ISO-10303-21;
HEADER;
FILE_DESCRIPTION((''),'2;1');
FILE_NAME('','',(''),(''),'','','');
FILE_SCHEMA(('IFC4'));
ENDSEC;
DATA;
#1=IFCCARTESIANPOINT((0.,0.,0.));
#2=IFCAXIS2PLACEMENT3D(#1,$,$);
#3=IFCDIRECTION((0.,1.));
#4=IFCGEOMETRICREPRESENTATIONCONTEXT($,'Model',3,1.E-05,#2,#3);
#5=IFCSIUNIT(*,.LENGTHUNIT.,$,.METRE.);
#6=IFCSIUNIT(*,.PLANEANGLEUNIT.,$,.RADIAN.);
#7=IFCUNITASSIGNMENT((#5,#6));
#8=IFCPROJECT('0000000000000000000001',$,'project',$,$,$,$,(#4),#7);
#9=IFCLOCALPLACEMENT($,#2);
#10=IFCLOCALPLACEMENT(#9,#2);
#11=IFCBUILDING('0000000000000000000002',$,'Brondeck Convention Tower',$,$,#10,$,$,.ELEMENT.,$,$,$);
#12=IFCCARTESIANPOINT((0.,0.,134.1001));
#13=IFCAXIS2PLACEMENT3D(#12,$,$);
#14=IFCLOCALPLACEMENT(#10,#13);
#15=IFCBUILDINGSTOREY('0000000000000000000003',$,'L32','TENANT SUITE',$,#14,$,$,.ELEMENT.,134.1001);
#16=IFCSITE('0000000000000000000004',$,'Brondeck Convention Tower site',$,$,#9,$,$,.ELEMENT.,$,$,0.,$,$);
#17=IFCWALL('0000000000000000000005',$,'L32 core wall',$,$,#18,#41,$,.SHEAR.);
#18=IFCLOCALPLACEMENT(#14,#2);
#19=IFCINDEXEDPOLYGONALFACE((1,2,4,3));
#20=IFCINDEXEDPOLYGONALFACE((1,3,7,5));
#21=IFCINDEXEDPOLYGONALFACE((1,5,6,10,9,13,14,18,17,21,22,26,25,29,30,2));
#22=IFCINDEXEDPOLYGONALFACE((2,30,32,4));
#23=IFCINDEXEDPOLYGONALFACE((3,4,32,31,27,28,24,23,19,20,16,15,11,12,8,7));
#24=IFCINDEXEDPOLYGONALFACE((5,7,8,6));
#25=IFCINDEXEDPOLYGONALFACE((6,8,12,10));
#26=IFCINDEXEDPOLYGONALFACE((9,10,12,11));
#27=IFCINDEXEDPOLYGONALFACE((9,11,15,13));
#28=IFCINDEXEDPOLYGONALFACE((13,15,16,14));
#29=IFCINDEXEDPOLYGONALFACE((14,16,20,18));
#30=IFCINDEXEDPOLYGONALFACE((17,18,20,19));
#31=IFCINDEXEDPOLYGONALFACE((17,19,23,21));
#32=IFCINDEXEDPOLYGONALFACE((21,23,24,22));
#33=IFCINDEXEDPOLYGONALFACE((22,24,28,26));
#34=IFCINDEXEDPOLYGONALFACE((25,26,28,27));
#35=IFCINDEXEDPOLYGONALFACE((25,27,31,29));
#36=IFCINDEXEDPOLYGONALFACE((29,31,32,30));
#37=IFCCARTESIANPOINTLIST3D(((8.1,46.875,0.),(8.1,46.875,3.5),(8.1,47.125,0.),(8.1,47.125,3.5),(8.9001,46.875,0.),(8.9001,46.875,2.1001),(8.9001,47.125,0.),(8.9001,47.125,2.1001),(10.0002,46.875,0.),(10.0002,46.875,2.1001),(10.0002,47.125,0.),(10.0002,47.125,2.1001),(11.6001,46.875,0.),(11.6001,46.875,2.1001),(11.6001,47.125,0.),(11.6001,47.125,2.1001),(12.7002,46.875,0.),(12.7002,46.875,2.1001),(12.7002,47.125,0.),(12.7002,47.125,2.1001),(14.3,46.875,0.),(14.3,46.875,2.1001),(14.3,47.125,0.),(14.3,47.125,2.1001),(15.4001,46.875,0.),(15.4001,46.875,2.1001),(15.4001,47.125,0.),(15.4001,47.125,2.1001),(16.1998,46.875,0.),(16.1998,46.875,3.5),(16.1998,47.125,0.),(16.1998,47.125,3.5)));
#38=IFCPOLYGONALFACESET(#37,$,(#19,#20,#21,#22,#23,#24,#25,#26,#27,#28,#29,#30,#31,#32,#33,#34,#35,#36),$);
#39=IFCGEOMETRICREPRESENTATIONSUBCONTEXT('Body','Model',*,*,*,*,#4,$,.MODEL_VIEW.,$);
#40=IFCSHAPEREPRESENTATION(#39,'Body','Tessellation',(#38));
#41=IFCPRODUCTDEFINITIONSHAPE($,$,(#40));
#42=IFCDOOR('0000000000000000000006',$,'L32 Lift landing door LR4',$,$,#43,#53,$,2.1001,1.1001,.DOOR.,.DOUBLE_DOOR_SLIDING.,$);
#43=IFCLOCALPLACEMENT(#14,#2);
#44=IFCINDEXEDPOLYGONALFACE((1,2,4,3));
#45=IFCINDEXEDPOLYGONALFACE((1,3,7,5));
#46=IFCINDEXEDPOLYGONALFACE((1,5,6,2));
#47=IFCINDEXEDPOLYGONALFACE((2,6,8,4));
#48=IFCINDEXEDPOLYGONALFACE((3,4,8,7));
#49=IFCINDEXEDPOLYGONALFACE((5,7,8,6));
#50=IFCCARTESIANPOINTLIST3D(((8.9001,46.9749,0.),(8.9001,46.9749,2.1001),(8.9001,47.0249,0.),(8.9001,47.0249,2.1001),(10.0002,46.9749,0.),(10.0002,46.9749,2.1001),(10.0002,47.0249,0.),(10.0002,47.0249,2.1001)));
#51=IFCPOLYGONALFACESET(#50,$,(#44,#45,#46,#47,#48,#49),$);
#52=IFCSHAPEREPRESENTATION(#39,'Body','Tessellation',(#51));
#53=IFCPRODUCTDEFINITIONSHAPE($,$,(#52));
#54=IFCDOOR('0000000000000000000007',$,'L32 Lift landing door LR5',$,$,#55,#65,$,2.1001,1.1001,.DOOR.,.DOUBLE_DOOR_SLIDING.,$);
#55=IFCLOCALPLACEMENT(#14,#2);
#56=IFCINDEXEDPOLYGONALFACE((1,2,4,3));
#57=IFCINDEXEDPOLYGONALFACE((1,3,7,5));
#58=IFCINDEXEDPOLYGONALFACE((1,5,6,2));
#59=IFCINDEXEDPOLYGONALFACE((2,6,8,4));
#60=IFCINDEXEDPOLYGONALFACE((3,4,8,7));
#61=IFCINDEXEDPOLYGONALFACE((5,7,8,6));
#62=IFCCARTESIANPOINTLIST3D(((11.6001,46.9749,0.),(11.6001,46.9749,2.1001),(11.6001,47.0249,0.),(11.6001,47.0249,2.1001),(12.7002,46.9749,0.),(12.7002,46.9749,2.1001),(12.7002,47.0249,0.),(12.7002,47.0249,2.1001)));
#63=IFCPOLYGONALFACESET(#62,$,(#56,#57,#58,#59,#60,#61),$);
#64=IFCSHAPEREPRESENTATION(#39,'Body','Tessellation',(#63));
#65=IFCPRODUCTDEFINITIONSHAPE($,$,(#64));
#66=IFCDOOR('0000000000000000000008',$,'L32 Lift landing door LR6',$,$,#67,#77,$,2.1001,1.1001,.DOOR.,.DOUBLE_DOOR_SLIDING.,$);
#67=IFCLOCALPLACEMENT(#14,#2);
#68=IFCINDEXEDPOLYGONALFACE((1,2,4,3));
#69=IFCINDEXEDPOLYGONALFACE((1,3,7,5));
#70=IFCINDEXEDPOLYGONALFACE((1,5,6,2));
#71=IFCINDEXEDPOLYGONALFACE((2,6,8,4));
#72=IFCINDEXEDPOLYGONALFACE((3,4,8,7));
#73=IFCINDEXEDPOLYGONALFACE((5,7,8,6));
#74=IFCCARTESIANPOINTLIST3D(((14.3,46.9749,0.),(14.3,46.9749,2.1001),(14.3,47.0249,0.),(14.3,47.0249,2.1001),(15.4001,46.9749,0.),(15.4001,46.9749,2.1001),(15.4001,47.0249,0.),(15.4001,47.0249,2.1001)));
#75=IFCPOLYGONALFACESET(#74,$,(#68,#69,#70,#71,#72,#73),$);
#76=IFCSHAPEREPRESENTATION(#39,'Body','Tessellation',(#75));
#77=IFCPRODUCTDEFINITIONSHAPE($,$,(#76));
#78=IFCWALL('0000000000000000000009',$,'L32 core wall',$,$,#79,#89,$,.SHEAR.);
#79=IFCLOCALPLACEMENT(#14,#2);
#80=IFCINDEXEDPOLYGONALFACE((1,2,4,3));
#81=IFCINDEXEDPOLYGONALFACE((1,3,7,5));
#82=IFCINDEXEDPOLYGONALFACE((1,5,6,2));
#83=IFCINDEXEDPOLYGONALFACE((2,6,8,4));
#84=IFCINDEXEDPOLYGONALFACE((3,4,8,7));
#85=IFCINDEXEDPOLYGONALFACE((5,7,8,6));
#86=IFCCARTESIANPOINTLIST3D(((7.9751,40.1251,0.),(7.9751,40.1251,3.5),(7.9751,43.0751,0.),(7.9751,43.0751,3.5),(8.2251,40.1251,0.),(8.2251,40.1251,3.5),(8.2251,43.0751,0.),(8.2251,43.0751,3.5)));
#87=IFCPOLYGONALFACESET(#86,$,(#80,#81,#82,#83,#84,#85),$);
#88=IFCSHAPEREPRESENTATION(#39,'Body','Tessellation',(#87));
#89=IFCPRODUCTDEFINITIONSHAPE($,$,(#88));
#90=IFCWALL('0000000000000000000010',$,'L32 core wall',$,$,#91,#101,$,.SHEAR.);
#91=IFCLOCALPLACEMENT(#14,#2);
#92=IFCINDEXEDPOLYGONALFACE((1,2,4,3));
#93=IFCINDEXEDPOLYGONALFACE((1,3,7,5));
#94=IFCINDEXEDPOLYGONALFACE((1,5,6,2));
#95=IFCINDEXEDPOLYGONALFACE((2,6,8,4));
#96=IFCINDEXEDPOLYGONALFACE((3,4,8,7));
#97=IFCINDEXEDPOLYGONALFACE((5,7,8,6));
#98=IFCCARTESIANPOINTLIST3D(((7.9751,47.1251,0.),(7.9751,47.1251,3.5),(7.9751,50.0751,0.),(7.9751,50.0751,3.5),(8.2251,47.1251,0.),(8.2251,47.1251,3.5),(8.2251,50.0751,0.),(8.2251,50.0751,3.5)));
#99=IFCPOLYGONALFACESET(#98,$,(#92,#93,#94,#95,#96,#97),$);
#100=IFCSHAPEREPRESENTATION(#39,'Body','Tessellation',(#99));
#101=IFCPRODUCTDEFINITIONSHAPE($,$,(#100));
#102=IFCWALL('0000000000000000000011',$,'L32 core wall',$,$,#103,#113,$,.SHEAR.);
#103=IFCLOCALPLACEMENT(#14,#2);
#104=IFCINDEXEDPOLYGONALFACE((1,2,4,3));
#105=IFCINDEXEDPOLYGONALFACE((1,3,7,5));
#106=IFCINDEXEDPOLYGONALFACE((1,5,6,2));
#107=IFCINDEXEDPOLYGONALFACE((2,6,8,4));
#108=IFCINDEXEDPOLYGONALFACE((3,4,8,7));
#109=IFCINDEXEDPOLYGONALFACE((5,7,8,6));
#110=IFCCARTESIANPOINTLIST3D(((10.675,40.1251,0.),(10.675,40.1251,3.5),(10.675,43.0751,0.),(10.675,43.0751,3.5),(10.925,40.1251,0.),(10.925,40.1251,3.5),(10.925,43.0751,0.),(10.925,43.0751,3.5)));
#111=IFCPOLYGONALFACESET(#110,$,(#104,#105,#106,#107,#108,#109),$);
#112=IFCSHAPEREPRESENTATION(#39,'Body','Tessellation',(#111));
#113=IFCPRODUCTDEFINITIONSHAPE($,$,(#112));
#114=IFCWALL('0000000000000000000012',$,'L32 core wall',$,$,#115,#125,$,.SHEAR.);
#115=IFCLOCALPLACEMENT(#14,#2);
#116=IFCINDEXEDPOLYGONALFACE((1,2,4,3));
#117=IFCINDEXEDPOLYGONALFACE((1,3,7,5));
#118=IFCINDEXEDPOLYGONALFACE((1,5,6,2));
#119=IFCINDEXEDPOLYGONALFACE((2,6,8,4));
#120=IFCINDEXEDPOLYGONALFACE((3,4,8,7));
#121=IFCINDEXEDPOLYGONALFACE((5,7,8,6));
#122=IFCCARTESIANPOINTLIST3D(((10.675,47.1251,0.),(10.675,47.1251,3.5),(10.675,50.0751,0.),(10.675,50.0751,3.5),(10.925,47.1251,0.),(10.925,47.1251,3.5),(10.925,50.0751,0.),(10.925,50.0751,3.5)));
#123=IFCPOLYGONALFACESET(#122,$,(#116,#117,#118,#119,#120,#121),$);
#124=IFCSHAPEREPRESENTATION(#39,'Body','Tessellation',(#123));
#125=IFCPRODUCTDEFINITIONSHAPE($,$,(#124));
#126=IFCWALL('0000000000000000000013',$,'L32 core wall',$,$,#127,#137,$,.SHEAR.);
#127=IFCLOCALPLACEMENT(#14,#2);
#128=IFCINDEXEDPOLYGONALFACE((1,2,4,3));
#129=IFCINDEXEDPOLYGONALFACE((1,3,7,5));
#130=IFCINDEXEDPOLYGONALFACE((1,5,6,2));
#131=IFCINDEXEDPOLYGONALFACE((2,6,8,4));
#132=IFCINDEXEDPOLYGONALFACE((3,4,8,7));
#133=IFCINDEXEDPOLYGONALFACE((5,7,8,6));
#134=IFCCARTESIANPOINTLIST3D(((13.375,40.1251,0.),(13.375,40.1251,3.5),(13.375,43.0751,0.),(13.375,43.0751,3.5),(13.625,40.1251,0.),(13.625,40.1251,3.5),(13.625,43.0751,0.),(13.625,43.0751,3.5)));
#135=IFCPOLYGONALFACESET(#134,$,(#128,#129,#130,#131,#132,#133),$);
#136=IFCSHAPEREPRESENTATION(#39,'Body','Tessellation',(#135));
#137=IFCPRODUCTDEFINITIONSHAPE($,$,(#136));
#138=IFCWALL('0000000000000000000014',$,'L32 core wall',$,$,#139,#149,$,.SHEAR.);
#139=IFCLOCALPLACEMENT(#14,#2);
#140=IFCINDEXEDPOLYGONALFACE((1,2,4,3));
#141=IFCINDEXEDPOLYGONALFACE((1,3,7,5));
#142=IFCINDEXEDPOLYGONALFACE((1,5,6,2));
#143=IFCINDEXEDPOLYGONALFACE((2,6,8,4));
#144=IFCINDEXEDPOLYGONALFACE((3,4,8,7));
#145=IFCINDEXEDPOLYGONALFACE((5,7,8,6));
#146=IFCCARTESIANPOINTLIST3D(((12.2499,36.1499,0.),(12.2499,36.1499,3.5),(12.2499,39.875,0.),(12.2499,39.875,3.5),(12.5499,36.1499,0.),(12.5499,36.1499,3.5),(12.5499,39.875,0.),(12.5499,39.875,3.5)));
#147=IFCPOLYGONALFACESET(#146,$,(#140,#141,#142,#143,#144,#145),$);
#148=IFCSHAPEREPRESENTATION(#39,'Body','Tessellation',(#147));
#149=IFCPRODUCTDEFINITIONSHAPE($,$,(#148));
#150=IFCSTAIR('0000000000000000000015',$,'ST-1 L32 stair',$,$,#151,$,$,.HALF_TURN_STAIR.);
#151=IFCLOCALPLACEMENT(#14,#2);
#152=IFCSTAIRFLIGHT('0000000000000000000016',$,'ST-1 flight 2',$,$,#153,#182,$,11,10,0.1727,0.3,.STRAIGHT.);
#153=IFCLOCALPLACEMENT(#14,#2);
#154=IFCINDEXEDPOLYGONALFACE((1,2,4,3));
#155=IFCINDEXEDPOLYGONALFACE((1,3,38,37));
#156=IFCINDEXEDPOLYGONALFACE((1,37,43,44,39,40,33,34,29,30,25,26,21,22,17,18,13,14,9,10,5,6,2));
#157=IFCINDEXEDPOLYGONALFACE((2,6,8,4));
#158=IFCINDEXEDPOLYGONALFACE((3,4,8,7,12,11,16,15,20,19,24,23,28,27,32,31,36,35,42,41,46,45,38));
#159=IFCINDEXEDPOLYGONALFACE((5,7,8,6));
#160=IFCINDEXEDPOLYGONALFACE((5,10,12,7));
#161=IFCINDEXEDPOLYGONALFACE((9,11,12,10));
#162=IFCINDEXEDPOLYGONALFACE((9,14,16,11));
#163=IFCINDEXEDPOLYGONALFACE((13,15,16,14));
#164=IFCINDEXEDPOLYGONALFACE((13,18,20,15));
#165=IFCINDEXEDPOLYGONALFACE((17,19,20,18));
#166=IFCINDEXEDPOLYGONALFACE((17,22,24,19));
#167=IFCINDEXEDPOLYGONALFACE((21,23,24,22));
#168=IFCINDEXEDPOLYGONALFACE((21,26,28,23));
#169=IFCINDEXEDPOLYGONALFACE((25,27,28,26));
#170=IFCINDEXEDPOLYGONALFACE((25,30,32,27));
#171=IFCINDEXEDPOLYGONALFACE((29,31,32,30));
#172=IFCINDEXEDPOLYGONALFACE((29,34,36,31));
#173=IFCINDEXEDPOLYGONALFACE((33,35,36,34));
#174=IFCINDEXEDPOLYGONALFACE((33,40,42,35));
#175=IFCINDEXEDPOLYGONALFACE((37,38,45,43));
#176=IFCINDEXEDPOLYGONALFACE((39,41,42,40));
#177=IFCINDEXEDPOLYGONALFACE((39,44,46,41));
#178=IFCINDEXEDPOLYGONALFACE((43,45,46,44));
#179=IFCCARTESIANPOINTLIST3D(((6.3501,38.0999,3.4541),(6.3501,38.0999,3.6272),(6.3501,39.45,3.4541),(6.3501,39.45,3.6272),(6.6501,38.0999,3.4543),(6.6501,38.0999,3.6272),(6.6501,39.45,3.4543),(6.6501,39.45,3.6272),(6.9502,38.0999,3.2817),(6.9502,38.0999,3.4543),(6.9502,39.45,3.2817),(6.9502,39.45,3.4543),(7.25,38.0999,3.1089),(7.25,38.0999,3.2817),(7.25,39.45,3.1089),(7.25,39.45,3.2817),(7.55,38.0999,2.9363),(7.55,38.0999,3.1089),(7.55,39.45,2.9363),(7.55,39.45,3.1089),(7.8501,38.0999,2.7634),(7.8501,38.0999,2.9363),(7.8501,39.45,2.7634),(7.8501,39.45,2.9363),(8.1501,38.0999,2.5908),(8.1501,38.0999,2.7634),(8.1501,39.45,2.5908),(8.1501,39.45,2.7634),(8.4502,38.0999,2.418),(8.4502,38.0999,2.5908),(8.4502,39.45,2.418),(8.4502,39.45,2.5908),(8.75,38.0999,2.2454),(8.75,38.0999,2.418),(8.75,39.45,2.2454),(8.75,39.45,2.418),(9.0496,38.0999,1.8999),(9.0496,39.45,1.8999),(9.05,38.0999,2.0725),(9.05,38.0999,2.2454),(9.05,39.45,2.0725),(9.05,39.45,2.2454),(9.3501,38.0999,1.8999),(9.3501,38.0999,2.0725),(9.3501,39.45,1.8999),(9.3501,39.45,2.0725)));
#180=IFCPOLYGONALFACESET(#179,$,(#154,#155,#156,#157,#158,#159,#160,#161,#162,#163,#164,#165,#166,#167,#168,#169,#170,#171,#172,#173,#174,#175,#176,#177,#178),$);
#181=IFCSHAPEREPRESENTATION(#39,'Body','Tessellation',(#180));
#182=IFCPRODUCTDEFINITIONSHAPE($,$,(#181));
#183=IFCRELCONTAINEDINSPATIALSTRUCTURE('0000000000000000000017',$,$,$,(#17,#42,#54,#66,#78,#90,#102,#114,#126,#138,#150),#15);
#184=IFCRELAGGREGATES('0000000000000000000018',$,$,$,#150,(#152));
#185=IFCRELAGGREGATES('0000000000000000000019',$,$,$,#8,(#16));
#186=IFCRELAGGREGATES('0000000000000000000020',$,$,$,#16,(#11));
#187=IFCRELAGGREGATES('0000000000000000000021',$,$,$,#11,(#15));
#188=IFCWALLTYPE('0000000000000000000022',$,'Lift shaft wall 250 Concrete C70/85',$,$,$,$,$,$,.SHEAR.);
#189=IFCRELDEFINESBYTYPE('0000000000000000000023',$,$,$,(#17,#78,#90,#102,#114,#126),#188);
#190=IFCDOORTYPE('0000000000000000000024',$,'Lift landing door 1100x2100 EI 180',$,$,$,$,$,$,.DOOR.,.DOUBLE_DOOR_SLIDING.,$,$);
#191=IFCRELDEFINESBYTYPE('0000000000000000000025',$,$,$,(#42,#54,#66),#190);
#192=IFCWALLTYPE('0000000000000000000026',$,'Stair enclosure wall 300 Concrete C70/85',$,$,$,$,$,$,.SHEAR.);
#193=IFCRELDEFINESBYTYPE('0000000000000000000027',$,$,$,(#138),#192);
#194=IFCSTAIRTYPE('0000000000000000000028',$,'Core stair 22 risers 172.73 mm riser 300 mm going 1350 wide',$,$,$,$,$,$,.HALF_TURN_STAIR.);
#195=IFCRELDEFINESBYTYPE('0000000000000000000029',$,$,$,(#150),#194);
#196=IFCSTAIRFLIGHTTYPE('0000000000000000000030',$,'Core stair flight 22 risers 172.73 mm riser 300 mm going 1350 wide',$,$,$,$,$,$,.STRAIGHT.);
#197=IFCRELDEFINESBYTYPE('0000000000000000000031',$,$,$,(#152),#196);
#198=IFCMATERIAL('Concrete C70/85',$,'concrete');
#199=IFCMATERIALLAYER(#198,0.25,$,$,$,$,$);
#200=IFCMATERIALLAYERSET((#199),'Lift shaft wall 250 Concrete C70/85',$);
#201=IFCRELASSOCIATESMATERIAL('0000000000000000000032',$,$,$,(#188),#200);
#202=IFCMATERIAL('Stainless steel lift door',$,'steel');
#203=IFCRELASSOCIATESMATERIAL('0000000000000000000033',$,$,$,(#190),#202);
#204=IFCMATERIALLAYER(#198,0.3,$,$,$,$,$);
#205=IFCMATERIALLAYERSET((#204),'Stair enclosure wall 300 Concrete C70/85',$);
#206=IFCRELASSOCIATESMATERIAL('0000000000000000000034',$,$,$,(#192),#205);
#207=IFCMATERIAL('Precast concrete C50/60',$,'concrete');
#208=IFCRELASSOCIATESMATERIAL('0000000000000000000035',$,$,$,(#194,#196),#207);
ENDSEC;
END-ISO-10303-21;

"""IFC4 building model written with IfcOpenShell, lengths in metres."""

from ifc_helpers import new_model, si_unit, direction, frame, frame_2d, origin, place, context, subcontext, project, spatial, polyline, rectangle, outline, extrude, material, layer, layer_set, type_object, element, fill, aggregate, save


model = new_model("IFC4")

# Units and contexts
model_context = context("Model", 3, precision=1e-05, world=origin(), true_north=direction((0.0, 1.0)))
body_context = subcontext(model_context, "Body", "Model", "MODEL_VIEW")
ifc_project = project(units=[si_unit("LENGTHUNIT", "METRE"), si_unit("PLANEANGLEUNIT", "RADIAN")], contexts=[model_context])

# Site, building, storey
site_placement = place(None, origin())
site = spatial("IfcSite", under=ifc_project, at=site_placement, Name="Brondeck Convention Tower site", CompositionType="ELEMENT", RefElevation=0.0)
building_placement = place(site_placement, origin())
building = spatial("IfcBuilding", under=site, at=building_placement, Name="Brondeck Convention Tower", CompositionType="ELEMENT")
storey_placement = place(building_placement, frame((0.0, 0.0, 134.1001)))
storey = spatial("IfcBuildingStorey", under=building, at=storey_placement, Name="L32", Description="TENANT SUITE", CompositionType="ELEMENT", Elevation=134.1001)

# Shared definitions
ifc_material_1 = material(Name="Concrete C70/85", Category="concrete")

# Shared definitions
ifc_layer_1 = layer(ifc_material_1, 0.25)
ifc_layer_set_1 = layer_set([ifc_layer_1], Name="Lift shaft wall 250 Concrete C70/85")
wall_type_1 = type_object("IfcWallType", Name="Lift shaft wall 250 Concrete C70/85", PredefinedType="SHEAR", material=ifc_layer_set_1)

# Wall, openings, doors
ifc_material_2 = material(Name="Stainless steel lift door", Category="steel")
door_type_1 = type_object("IfcDoorType", Name="Lift landing door 1100x2100 EI 180", OperationType="DOUBLE_DOOR_SLIDING", PredefinedType="DOOR", material=ifc_material_2)
wall_1_placement = place(storey_placement, frame((8.1001, 47.0, 0.0), z_axis=(0.0, 0.0, 1.0), x_axis=(1.0, 0.0, 0.0)))
wall_1 = element("IfcWall", 1, at=wall_1_placement, inside=storey, type_object=wall_type_1, Name="L32 core wall", PredefinedType="SHEAR", context=body_context, shape_type="SweptSolid", body=[
    extrude(rectangle(XDim=8.0999, YDim=0.25, at=frame_2d((4.0498, 0.0))), origin(), (0.0, 0.0, 1.0), 3.5),
])
opening_1_placement = place(wall_1_placement, frame((0.8, 0.0, 0.0)))
opening_1 = element("IfcOpeningElement", 2, at=opening_1_placement, cuts=wall_1, PredefinedType="OPENING", context=body_context, shape_type="SweptSolid", body=[
    extrude(rectangle(XDim=1.1001, YDim=2.1001, at=frame_2d((0.55, 1.05))), frame((0.0, 0.135, 0.0), z_axis=(0.0, -1.0, 0.0), x_axis=(1.0, 0.0, 0.0)), (0.0, 0.0, 1.0), 0.27),
])
opening_2_placement = place(wall_1_placement, frame((3.5, 0.0, 0.0)))
opening_2 = element("IfcOpeningElement", 3, at=opening_2_placement, cuts=wall_1, PredefinedType="OPENING", context=body_context, shape_type="SweptSolid", body=[
    extrude(rectangle(XDim=1.1001, YDim=2.1001, at=frame_2d((0.55, 1.05))), frame((0.0, 0.135, 0.0), z_axis=(0.0, -1.0, 0.0), x_axis=(1.0, 0.0, 0.0)), (0.0, 0.0, 1.0), 0.27),
])
opening_3_placement = place(wall_1_placement, frame((6.2, 0.0, 0.0)))
opening_3 = element("IfcOpeningElement", 4, at=opening_3_placement, cuts=wall_1, PredefinedType="OPENING", context=body_context, shape_type="SweptSolid", body=[
    extrude(rectangle(XDim=1.1001, YDim=2.1001, at=frame_2d((0.55, 1.05))), frame((0.0, 0.135, 0.0), z_axis=(0.0, -1.0, 0.0), x_axis=(1.0, 0.0, 0.0)), (0.0, 0.0, 1.0), 0.27),
])
door_1_placement = place(opening_1_placement, origin())
door_1 = element("IfcDoor", 5, at=door_1_placement, inside=storey, type_object=door_type_1, Name="L32 Lift landing door LR4", OperationType="DOUBLE_DOOR_SLIDING", OverallHeight=2.1001, OverallWidth=1.1001, PredefinedType="DOOR", context=body_context, shape_type="SweptSolid", body=[
    extrude(rectangle(XDim=1.1001, YDim=2.1001, at=frame_2d((0.55, 1.05))), frame((0.0, 0.0249, 0.0), z_axis=(0.0, -1.0, 0.0), x_axis=(1.0, 0.0, 0.0)), (0.0, 0.0, 1.0), 0.05),
])
fill(opening_1, door_1)
door_2_placement = place(opening_2_placement, origin())
door_2 = element("IfcDoor", 6, at=door_2_placement, inside=storey, type_object=door_type_1, Name="L32 Lift landing door LR5", OperationType="DOUBLE_DOOR_SLIDING", OverallHeight=2.1001, OverallWidth=1.1001, PredefinedType="DOOR", context=body_context, shape_type="SweptSolid", body=[
    extrude(rectangle(XDim=1.1001, YDim=2.1001, at=frame_2d((0.55, 1.05))), frame((0.0, 0.0249, 0.0), z_axis=(0.0, -1.0, 0.0), x_axis=(1.0, 0.0, 0.0)), (0.0, 0.0, 1.0), 0.05),
])
fill(opening_2, door_2)
door_3_placement = place(opening_3_placement, origin())
door_3 = element("IfcDoor", 7, at=door_3_placement, inside=storey, type_object=door_type_1, Name="L32 Lift landing door LR6", OperationType="DOUBLE_DOOR_SLIDING", OverallHeight=2.1001, OverallWidth=1.1001, PredefinedType="DOOR", context=body_context, shape_type="SweptSolid", body=[
    extrude(rectangle(XDim=1.1001, YDim=2.1001, at=frame_2d((0.55, 1.05))), frame((0.0, 0.0249, 0.0), z_axis=(0.0, -1.0, 0.0), x_axis=(1.0, 0.0, 0.0)), (0.0, 0.0, 1.0), 0.05),
])
fill(opening_3, door_3)

# Walls
for number, where, z_axis, x_axis, name in (
    (8, (8.1001, 40.125, 0.0), (0.0, 0.0, 1.0), (0.0, 1.0, 0.0), "L32 core wall"),
    (9, (8.1001, 47.125, 0.0), (0.0, 0.0, 1.0), (0.0, 1.0, 0.0), "L32 core wall"),
    (10, (10.8, 40.125, 0.0), (0.0, 0.0, 1.0), (0.0, 1.0, 0.0), "L32 core wall"),
    (11, (10.8, 47.125, 0.0), (0.0, 0.0, 1.0), (0.0, 1.0, 0.0), "L32 core wall"),
    (12, (13.5, 40.125, 0.0), (0.0, 0.0, 1.0), (0.0, 1.0, 0.0), "L32 core wall"),
):
    element("IfcWall", number, at=place(storey_placement, frame(where, z_axis=z_axis, x_axis=x_axis)), inside=storey, type_object=wall_type_1, Name=name, PredefinedType="SHEAR", context=body_context, shape_type="SweptSolid", body=[
        extrude(rectangle(XDim=2.95, YDim=0.25, at=frame_2d((1.4751, 0.0))), origin(), (0.0, 0.0, 1.0), 3.5),
    ])
ifc_layer_2 = layer(ifc_material_1, 0.3)
ifc_layer_set_2 = layer_set([ifc_layer_2], Name="Stair enclosure wall 300 Concrete C70/85")
wall_type_2 = type_object("IfcWallType", Name="Stair enclosure wall 300 Concrete C70/85", PredefinedType="SHEAR", material=ifc_layer_set_2)
wall_2_placement = place(storey_placement, frame((12.3999, 36.1499, 0.0), z_axis=(0.0, 0.0, 1.0), x_axis=(0.0, 1.0, 0.0)))
element("IfcWall", 13, at=wall_2_placement, inside=storey, type_object=wall_type_2, Name="L32 core wall", PredefinedType="SHEAR", context=body_context, shape_type="SweptSolid", body=[
    extrude(rectangle(XDim=3.7251, YDim=0.3, at=frame_2d((1.8625, 0.0))), origin(), (0.0, 0.0, 1.0), 3.5),
])

# Stair, stair flight
ifc_material_3 = material(Name="Precast concrete C50/60", Category="concrete")
stair_type = type_object("IfcStairType", Name="Core stair 22 risers 172.73 mm riser 300 mm going 1350 wide", PredefinedType="HALF_TURN_STAIR", material=ifc_material_3)
stair_placement = place(storey_placement, origin())
stair = element("IfcStair", 14, at=stair_placement, inside=storey, type_object=stair_type, Name="ST-1 L32 stair", PredefinedType="HALF_TURN_STAIR")
stair_flight_type = type_object("IfcStairFlightType", Name="Core stair flight 22 risers 172.73 mm riser 300 mm going 1350 wide", PredefinedType="STRAIGHT", material=ifc_material_3)
stair_flight_placement = place(storey_placement, frame((9.3501, 38.7749, 1.8999), z_axis=(0.0, 0.0, 1.0), x_axis=(-1.0, 0.0, 0.0)))
stair_flight = element("IfcStairFlight", 15, at=stair_flight_placement, type_object=stair_flight_type, Name="ST-1 flight 2", NumberOfRisers=11, NumberOfTreads=10, PredefinedType="STRAIGHT", RiserHeight=0.1727, TreadLength=0.3, context=body_context, shape_type="SweptSolid", body=[
    extrude(outline(polyline([(0.0, 0.0), (0.0, 0.1726), (0.3, 0.1726), (0.3, 0.3455), (0.6001, 0.3455), (0.6001, 0.5181), (0.8999, 0.5181), (0.8999, 0.6909), (1.2, 0.6909), (1.2, 0.8635), (1.5, 0.8635), (1.5, 1.0364), (1.8, 1.0364), (1.8, 1.209), (2.1001, 1.209), (2.1001, 1.3818), (2.3999, 1.3818), (2.3999, 1.5544), (2.7, 1.5544), (2.7, 1.7273), (3.0, 1.7273), (3.0, 1.8999), (3.0, 1.5542), (0.3005, 0.0), (0.0, 0.0)])), frame((0.0, 0.675, 0.0), z_axis=(0.0, -1.0, 0.0), x_axis=(1.0, 0.0, 0.0)), (0.0, 0.0, 1.0), 1.3501),
])
aggregate(stair, [stair_flight])

save(model, "model.ifc")
